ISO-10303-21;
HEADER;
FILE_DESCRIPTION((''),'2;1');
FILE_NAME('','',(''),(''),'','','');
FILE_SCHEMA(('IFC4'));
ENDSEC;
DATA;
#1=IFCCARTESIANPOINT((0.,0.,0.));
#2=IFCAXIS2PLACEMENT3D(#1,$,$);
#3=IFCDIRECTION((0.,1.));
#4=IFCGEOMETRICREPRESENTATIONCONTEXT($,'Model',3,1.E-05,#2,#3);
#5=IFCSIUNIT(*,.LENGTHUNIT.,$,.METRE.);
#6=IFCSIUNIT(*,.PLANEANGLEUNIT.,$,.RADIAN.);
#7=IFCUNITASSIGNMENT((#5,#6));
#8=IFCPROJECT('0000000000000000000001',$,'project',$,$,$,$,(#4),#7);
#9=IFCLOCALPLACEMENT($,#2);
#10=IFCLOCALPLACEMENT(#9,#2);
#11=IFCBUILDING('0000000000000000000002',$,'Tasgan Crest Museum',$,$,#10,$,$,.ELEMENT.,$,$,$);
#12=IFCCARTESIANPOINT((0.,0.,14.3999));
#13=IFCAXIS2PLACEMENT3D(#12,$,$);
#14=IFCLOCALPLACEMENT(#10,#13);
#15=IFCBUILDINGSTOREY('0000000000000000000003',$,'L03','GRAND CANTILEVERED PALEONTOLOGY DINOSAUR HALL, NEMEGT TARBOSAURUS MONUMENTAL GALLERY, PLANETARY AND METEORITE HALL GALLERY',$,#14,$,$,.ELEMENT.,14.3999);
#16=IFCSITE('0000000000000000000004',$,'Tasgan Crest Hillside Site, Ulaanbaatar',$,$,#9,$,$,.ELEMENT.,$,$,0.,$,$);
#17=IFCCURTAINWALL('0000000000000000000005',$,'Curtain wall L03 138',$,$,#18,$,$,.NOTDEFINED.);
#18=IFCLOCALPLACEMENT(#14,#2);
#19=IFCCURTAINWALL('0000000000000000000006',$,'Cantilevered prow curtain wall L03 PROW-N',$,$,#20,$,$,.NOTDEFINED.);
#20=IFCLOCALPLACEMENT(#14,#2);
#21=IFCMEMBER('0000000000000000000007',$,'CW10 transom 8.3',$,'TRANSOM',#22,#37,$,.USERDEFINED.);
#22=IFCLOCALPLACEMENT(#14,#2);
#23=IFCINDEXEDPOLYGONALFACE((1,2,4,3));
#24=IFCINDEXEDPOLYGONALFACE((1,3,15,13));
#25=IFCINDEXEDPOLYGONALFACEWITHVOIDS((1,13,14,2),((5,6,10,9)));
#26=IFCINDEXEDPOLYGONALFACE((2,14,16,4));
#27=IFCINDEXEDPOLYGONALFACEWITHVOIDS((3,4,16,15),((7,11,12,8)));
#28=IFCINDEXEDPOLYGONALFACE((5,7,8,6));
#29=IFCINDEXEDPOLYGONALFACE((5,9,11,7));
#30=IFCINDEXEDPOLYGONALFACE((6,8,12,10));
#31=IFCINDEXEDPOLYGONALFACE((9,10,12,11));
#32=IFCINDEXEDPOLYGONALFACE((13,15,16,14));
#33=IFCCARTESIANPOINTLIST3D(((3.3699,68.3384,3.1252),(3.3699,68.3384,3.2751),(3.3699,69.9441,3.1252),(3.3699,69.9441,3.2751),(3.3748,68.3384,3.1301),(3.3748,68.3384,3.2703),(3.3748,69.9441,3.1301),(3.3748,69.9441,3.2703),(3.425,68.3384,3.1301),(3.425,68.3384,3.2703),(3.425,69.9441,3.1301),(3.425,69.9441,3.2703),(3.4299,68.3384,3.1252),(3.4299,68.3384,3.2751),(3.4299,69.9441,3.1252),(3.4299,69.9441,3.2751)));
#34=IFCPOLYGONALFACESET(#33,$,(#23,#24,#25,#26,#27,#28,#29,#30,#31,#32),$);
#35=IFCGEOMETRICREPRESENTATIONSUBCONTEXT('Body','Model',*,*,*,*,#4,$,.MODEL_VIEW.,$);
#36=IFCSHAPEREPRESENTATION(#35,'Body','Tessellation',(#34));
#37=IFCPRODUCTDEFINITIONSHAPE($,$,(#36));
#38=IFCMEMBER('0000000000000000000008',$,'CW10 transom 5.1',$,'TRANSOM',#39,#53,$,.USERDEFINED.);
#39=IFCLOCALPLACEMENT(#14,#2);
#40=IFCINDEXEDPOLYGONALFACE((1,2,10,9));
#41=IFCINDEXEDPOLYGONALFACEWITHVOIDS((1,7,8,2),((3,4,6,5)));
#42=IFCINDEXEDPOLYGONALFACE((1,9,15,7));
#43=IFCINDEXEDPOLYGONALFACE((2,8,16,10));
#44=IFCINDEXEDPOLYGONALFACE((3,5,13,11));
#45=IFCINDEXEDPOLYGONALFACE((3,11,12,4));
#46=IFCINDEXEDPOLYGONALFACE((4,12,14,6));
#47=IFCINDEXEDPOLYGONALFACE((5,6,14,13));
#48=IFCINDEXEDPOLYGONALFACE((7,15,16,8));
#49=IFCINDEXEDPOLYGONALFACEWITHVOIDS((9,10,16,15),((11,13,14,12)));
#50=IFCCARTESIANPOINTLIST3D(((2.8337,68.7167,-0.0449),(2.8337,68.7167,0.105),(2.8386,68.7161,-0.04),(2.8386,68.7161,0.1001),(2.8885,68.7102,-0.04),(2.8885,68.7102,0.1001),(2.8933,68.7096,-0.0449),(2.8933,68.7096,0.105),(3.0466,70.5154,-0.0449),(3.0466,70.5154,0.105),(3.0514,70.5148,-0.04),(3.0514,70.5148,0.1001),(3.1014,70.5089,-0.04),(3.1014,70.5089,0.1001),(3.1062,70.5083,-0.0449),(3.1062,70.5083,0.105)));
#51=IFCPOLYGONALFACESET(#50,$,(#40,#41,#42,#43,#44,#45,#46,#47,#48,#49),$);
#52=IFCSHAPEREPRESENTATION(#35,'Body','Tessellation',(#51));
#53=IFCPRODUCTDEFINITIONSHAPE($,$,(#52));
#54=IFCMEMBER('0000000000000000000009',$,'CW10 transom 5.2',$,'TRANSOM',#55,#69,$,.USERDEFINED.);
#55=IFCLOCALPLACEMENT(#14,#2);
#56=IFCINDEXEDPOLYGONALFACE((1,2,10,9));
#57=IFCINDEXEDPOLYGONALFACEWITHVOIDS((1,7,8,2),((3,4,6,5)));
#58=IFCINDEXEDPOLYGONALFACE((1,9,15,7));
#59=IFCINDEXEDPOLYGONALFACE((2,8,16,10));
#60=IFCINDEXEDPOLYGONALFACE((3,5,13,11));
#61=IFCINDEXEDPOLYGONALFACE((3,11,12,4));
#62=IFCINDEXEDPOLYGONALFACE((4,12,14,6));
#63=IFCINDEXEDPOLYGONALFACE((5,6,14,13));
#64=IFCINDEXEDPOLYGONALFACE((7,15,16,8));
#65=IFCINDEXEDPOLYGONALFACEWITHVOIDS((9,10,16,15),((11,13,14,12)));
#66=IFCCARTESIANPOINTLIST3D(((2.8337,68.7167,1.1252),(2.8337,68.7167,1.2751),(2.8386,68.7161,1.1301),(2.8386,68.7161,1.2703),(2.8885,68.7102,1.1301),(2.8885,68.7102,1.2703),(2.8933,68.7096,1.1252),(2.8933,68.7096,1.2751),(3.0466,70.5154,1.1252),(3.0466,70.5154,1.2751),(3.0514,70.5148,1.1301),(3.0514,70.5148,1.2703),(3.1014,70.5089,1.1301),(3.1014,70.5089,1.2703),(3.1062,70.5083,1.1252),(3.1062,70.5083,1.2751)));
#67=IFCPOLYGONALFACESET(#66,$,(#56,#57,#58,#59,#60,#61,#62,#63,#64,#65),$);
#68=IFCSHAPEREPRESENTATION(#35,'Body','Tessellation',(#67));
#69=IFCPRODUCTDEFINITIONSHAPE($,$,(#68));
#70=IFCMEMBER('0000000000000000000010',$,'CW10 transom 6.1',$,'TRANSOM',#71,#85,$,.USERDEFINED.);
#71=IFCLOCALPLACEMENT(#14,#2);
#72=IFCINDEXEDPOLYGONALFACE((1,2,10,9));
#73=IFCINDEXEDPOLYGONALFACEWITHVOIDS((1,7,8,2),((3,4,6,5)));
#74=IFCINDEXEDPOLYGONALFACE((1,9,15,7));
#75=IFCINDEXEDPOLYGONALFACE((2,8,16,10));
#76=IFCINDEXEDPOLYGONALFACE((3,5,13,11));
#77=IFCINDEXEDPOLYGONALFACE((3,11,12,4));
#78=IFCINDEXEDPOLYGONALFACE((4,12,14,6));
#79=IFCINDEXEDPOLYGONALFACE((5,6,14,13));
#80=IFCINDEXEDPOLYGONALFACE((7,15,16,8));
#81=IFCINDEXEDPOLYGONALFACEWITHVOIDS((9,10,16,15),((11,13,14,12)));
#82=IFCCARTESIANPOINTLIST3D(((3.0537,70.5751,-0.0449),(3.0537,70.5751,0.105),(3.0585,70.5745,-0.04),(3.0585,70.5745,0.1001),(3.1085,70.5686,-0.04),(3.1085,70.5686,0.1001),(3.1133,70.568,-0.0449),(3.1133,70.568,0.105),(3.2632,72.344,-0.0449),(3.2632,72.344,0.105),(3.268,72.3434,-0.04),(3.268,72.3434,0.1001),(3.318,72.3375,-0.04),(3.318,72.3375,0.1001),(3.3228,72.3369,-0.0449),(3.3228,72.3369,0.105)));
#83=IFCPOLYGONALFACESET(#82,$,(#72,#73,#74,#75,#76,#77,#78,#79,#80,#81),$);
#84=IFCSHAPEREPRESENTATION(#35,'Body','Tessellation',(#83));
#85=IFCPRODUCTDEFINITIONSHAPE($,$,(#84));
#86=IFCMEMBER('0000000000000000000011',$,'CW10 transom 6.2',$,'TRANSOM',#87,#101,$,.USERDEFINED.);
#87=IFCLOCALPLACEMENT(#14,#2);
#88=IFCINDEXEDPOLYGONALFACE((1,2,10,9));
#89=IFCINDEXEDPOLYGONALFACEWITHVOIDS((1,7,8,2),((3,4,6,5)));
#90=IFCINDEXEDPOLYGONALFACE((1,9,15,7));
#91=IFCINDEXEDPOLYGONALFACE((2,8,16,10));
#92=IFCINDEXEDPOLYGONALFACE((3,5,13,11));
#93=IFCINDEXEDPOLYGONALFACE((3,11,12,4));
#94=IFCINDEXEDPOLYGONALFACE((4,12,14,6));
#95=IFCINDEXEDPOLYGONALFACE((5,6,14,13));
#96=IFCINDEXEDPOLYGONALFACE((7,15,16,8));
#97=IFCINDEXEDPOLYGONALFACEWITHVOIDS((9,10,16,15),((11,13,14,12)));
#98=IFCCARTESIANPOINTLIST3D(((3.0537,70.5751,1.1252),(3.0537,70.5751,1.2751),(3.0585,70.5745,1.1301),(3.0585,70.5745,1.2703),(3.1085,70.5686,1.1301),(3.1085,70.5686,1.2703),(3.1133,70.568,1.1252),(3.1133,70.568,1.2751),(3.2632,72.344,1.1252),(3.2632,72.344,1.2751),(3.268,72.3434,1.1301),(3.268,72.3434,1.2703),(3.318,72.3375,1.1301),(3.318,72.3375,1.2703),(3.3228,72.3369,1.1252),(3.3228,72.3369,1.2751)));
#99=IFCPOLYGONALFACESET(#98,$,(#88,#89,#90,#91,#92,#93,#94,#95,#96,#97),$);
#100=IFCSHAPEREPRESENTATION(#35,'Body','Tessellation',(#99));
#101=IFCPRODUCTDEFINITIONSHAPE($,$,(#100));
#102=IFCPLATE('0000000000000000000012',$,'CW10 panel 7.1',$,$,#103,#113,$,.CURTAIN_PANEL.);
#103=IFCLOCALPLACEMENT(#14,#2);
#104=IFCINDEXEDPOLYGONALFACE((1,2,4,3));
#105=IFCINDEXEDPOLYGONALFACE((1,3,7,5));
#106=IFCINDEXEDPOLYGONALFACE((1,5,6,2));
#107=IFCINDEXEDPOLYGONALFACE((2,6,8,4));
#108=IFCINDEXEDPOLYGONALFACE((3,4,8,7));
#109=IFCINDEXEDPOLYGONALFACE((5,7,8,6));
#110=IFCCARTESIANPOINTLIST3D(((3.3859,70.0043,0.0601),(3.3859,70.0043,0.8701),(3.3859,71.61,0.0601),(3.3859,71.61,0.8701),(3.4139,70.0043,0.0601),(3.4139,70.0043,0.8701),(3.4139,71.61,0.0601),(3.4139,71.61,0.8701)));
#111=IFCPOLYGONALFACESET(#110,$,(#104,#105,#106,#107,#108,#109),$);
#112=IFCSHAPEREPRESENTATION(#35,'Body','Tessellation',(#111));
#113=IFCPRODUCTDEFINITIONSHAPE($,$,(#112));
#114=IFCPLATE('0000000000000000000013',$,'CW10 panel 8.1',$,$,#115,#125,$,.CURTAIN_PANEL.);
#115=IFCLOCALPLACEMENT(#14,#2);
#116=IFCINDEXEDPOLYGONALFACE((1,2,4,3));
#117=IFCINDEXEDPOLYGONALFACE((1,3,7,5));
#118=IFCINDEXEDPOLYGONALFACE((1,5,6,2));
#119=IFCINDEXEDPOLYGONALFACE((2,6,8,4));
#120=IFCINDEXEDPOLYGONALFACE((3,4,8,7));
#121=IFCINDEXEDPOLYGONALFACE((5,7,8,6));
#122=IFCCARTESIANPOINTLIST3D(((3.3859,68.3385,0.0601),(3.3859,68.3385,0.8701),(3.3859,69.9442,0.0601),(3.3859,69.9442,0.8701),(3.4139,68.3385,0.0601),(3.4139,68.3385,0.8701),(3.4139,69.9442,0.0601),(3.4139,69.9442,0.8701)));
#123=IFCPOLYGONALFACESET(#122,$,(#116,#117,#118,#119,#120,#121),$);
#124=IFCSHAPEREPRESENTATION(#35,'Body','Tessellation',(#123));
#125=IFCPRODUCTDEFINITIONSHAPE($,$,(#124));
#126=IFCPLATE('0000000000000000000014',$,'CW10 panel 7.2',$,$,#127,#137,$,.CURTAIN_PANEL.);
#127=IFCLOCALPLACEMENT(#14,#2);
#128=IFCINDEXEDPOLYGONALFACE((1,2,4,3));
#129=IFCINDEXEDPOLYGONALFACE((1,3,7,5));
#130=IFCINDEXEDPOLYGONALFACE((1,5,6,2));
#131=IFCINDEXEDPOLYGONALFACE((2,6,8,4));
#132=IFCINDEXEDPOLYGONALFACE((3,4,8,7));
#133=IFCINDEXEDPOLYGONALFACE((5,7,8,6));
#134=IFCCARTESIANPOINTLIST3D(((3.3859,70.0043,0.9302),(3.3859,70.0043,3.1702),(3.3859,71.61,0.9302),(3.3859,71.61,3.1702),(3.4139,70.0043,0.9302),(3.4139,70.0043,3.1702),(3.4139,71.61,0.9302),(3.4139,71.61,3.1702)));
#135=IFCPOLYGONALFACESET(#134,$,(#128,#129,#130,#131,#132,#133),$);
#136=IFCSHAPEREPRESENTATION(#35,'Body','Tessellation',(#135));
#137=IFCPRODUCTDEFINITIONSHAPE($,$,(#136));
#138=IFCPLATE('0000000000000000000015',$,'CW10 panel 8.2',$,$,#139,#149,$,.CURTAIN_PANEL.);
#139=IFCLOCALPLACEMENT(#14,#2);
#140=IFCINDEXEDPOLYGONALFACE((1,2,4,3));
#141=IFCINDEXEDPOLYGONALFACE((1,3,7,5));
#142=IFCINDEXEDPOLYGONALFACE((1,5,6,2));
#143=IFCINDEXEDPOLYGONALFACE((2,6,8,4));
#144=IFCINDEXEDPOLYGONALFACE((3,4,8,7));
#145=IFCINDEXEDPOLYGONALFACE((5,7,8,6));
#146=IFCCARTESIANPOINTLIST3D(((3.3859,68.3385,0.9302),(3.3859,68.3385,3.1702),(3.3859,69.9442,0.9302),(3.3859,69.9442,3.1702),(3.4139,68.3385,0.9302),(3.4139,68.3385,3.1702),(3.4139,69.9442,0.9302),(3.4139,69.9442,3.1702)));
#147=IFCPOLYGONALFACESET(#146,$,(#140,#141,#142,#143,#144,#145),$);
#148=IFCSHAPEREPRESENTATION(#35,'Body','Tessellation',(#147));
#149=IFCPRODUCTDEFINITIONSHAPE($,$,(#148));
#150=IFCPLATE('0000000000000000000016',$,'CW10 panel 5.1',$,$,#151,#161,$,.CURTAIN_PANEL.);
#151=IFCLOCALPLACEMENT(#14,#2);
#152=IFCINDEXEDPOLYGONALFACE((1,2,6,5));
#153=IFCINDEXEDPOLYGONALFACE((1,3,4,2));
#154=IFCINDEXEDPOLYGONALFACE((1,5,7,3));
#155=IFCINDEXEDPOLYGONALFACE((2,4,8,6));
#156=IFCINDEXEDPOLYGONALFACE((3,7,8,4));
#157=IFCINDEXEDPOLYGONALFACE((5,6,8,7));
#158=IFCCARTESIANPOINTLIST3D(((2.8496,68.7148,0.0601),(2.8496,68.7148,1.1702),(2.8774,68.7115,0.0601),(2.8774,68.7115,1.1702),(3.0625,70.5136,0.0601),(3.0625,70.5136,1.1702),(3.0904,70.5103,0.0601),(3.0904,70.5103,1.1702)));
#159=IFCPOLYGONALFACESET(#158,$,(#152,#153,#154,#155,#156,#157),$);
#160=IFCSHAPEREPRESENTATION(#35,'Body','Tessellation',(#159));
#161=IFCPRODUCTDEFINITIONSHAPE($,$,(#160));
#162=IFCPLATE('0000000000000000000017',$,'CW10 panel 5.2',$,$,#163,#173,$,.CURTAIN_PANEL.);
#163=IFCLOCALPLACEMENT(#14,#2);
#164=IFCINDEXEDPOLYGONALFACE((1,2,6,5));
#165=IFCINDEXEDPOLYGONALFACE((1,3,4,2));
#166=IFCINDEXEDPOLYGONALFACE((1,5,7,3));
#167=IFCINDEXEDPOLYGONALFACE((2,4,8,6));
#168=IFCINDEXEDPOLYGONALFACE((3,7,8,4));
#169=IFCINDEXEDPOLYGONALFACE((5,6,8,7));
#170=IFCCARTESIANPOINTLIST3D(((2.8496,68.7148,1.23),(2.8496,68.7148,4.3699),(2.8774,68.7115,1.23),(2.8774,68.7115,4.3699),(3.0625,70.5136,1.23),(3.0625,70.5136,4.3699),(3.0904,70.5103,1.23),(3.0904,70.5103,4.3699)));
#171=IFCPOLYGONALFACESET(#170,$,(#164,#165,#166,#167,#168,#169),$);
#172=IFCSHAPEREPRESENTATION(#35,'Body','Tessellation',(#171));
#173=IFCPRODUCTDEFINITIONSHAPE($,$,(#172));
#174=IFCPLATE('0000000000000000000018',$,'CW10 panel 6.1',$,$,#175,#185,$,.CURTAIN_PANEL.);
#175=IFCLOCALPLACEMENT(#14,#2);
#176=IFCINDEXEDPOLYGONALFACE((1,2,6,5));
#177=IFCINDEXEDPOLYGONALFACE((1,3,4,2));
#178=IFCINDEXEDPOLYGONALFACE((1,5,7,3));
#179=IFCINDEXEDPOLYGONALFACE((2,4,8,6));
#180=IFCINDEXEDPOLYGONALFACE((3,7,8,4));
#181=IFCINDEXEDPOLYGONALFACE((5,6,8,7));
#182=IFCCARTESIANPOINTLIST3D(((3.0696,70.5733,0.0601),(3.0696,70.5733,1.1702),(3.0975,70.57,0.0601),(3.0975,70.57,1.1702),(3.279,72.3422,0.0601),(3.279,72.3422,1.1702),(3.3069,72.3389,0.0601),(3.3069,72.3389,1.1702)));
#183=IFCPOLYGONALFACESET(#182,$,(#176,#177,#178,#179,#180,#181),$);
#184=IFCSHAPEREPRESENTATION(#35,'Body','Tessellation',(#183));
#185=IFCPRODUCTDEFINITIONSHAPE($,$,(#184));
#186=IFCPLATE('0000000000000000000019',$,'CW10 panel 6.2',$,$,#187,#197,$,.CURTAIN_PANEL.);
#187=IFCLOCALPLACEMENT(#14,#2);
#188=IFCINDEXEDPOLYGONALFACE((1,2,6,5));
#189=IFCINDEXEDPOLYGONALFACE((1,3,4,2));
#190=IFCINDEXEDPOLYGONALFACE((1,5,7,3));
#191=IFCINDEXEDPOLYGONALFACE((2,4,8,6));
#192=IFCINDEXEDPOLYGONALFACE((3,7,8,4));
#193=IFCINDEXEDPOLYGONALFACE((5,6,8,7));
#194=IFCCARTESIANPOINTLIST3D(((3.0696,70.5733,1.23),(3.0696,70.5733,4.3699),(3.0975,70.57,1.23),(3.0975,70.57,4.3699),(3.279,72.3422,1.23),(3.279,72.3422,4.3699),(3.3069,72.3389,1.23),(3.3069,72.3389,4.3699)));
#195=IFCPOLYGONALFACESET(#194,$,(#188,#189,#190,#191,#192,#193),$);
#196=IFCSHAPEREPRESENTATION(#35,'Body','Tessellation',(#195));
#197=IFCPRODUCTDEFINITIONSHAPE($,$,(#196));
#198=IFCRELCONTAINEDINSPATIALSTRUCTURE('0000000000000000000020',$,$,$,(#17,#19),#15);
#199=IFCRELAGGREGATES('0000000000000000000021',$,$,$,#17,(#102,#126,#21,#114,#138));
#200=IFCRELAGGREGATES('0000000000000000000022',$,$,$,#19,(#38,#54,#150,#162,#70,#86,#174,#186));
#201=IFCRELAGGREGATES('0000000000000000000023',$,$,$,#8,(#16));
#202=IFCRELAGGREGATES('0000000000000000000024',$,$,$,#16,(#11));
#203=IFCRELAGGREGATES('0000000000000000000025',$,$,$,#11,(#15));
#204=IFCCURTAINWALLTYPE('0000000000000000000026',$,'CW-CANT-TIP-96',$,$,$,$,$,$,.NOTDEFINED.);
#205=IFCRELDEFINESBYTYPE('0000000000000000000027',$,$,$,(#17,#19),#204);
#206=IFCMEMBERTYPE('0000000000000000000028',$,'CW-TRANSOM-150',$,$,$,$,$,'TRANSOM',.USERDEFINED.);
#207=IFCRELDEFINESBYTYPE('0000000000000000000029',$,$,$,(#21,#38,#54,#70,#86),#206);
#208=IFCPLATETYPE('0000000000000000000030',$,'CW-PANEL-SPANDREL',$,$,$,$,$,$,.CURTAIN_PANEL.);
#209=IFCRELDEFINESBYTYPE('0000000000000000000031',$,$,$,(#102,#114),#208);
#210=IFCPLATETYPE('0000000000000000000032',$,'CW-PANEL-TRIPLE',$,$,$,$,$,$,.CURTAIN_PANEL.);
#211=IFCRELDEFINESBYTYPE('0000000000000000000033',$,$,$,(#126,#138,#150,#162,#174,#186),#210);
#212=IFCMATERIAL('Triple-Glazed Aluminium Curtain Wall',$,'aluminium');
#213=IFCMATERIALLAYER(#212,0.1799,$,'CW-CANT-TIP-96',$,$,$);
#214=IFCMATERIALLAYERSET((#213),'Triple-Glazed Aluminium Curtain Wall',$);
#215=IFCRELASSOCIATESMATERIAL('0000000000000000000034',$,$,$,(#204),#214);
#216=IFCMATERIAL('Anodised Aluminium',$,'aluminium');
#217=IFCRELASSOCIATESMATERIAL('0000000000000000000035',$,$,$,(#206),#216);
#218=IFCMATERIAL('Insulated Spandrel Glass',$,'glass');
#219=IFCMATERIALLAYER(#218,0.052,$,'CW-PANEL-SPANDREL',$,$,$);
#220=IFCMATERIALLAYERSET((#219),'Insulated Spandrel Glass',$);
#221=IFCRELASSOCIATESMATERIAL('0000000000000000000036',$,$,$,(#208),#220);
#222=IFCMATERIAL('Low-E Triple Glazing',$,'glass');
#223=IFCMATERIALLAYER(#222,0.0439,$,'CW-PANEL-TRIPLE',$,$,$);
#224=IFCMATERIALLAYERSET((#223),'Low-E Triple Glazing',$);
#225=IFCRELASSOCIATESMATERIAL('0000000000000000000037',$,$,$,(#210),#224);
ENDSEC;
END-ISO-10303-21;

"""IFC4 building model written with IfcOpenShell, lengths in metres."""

from ifc_helpers import new_model, si_unit, direction, frame, origin, origin_2d, place, context, subcontext, project, spatial, rectangle, hollow_rectangle, extrude, material, layer, layer_set, material_profile, profile_set, type_object, element, aggregate, save


model = new_model("IFC4")

# Units and contexts
model_context = context("Model", 3, precision=1e-05, world=origin(), true_north=direction((0.0, 1.0)))
body_context = subcontext(model_context, "Body", "Model", "MODEL_VIEW")
ifc_project = project(units=[si_unit("LENGTHUNIT", "METRE"), si_unit("PLANEANGLEUNIT", "RADIAN")], contexts=[model_context])

# Site, building, storey
site_placement = place(None, origin())
site = spatial("IfcSite", under=ifc_project, at=site_placement, Name="Tasgan Crest Hillside Site, Ulaanbaatar", CompositionType="ELEMENT", RefElevation=0.0)
building_placement = place(site_placement, origin())
building = spatial("IfcBuilding", under=site, at=building_placement, Name="Tasgan Crest Museum", CompositionType="ELEMENT")
storey_placement = place(building_placement, frame((0.0, 0.0, 14.3999)))
storey = spatial("IfcBuildingStorey", under=building, at=storey_placement, Name="L03", Description="GRAND CANTILEVERED PALEONTOLOGY DINOSAUR HALL, NEMEGT TARBOSAURUS MONUMENTAL GALLERY, PLANETARY AND METEORITE HALL GALLERY", CompositionType="ELEMENT", Elevation=14.3999)

# Curtain wall
ifc_material_1 = material(Name="Triple-Glazed Aluminium Curtain Wall", Category="aluminium")
ifc_layer_1 = layer(ifc_material_1, 0.1799, Name="CW-CANT-TIP-96")
ifc_layer_set_1 = layer_set([ifc_layer_1], Name="Triple-Glazed Aluminium Curtain Wall")
curtain_wall_type = type_object("IfcCurtainWallType", Name="CW-CANT-TIP-96", PredefinedType="NOTDEFINED", material=ifc_layer_set_1)
curtain_wall_1_placement = place(storey_placement, origin())
curtain_wall_1 = element("IfcCurtainWall", 1, at=curtain_wall_1_placement, inside=storey, type_object=curtain_wall_type, Name="Curtain wall L03 138", PredefinedType="NOTDEFINED")

# Curtain wall
curtain_wall_2_placement = place(storey_placement, origin())
curtain_wall_2 = element("IfcCurtainWall", 2, at=curtain_wall_2_placement, inside=storey, type_object=curtain_wall_type, Name="Cantilevered prow curtain wall L03 PROW-N", PredefinedType="NOTDEFINED")

# Members
ifc_material_2 = material(Name="Anodised Aluminium", Category="aluminium")
ifc_material_profile_1 = material_profile(ifc_material_2, hollow_rectangle(XDim=0.0601, YDim=0.1499, WallThickness=0.0049, at=origin_2d()), Name="ALU TRANSOM 150x60x5")
ifc_profile_set_1 = profile_set([ifc_material_profile_1], Name="Anodised Aluminium")
member_type_1 = type_object("IfcMemberType", Name="CW-TRANSOM-150", ElementType="TRANSOM", PredefinedType="USERDEFINED", material=ifc_profile_set_1)
member_1_placement = place(storey_placement, frame((3.3999, 69.9441, 3.2002), z_axis=(0.0, -1.0, 0.0), x_axis=(1.0, 0.0, 0.0)))
member_1 = element("IfcMember", 3, at=member_1_placement, type_object=member_type_1, Name="CW10 transom 8.3", ObjectType="TRANSOM", PredefinedType="USERDEFINED", context=body_context, shape_type="SweptSolid", body=[
    extrude(hollow_rectangle(XDim=0.0601, YDim=0.1499, WallThickness=0.0049, at=origin_2d()), origin(), (0.0, 0.0, 1.0), 1.6057),
])
member_2_placement = place(storey_placement, frame((2.8635, 68.7131, 0.03), z_axis=(0.117529, 0.993069, 0.0), x_axis=(-0.993069, 0.117529, 0.0)))
member_2 = element("IfcMember", 4, at=member_2_placement, type_object=member_type_1, Name="CW10 transom 5.1", ObjectType="TRANSOM", PredefinedType="USERDEFINED", context=body_context, shape_type="SweptSolid", body=[
    extrude(hollow_rectangle(XDim=0.0601, YDim=0.1499, WallThickness=0.0049, at=origin_2d()), origin(), (0.0, 0.0, 1.0), 1.8113),
])
member_3_placement = place(storey_placement, frame((2.8635, 68.7131, 1.2002), z_axis=(0.117529, 0.993069, 0.0), x_axis=(-0.993069, 0.117529, 0.0)))
member_3 = element("IfcMember", 5, at=member_3_placement, type_object=member_type_1, Name="CW10 transom 5.2", ObjectType="TRANSOM", PredefinedType="USERDEFINED", context=body_context, shape_type="SweptSolid", body=[
    extrude(hollow_rectangle(XDim=0.0601, YDim=0.1499, WallThickness=0.0049, at=origin_2d()), origin(), (0.0, 0.0, 1.0), 1.8113),
])
member_4_placement = place(storey_placement, frame((3.0835, 70.5715, 0.03), z_axis=(0.117605, 0.99306, 0.0), x_axis=(-0.99306, 0.117605, 0.0)))
member_4 = element("IfcMember", 6, at=member_4_placement, type_object=member_type_1, Name="CW10 transom 6.1", ObjectType="TRANSOM", PredefinedType="USERDEFINED", context=body_context, shape_type="SweptSolid", body=[
    extrude(hollow_rectangle(XDim=0.0601, YDim=0.1499, WallThickness=0.0049, at=origin_2d()), origin(), (0.0, 0.0, 1.0), 1.7812),
])
member_5_placement = place(storey_placement, frame((3.0835, 70.5715, 1.2002), z_axis=(0.117605, 0.99306, 0.0), x_axis=(-0.99306, 0.117605, 0.0)))
member_5 = element("IfcMember", 7, at=member_5_placement, type_object=member_type_1, Name="CW10 transom 6.2", ObjectType="TRANSOM", PredefinedType="USERDEFINED", context=body_context, shape_type="SweptSolid", body=[
    extrude(hollow_rectangle(XDim=0.0601, YDim=0.1499, WallThickness=0.0049, at=origin_2d()), origin(), (0.0, 0.0, 1.0), 1.7812),
])

# Plates
ifc_material_3 = material(Name="Insulated Spandrel Glass", Category="glass")
ifc_layer_2 = layer(ifc_material_3, 0.052, Name="CW-PANEL-SPANDREL")
ifc_layer_set_2 = layer_set([ifc_layer_2], Name="Insulated Spandrel Glass")
plate_type_1 = type_object("IfcPlateType", Name="CW-PANEL-SPANDREL", PredefinedType="CURTAIN_PANEL", material=ifc_layer_set_2)
plate_1_placement = place(storey_placement, frame((3.3999, 70.8071, 0.0601), z_axis=(0.0, 0.0, 1.0), x_axis=(0.0, -1.0, 0.0)))
plate_1 = element("IfcPlate", 8, at=plate_1_placement, type_object=plate_type_1, Name="CW10 panel 7.1", PredefinedType="CURTAIN_PANEL", context=body_context, shape_type="SweptSolid", body=[
    extrude(rectangle(XDim=1.6057, YDim=0.0281, at=origin_2d()), origin(), (0.0, 0.0, 1.0), 0.8101),
])
plate_2_placement = place(storey_placement, frame((3.3999, 69.1414, 0.0601), z_axis=(0.0, 0.0, 1.0), x_axis=(0.0, -1.0, 0.0)))
plate_2 = element("IfcPlate", 9, at=plate_2_placement, type_object=plate_type_1, Name="CW10 panel 8.1", PredefinedType="CURTAIN_PANEL", context=body_context, shape_type="SweptSolid", body=[
    extrude(rectangle(XDim=1.6057, YDim=0.0281, at=origin_2d()), origin(), (0.0, 0.0, 1.0), 0.8101),
])
ifc_material_4 = material(Name="Low-E Triple Glazing", Category="glass")
ifc_layer_3 = layer(ifc_material_4, 0.0439, Name="CW-PANEL-TRIPLE")
ifc_layer_set_3 = layer_set([ifc_layer_3], Name="Low-E Triple Glazing")
plate_type_2 = type_object("IfcPlateType", Name="CW-PANEL-TRIPLE", PredefinedType="CURTAIN_PANEL", material=ifc_layer_set_3)
plate_3_placement = place(storey_placement, frame((3.3999, 70.8071, 0.9302), z_axis=(0.0, 0.0, 1.0), x_axis=(0.0, -1.0, 0.0)))
plate_3 = element("IfcPlate", 10, at=plate_3_placement, type_object=plate_type_2, Name="CW10 panel 7.2", PredefinedType="CURTAIN_PANEL", context=body_context, shape_type="SweptSolid", body=[
    extrude(rectangle(XDim=1.6057, YDim=0.0281, at=origin_2d()), origin(), (0.0, 0.0, 1.0), 2.24),
])
plate_4_placement = place(storey_placement, frame((3.3999, 69.1414, 0.9302), z_axis=(0.0, 0.0, 1.0), x_axis=(0.0, -1.0, 0.0)))
plate_4 = element("IfcPlate", 11, at=plate_4_placement, type_object=plate_type_2, Name="CW10 panel 8.2", PredefinedType="CURTAIN_PANEL", context=body_context, shape_type="SweptSolid", body=[
    extrude(rectangle(XDim=1.6057, YDim=0.0281, at=origin_2d()), origin(), (0.0, 0.0, 1.0), 2.24),
])
aggregate(curtain_wall_1, [plate_1, plate_3, member_1, plate_2, plate_4])
plate_5_placement = place(storey_placement, frame((2.97, 69.6125, 0.0601), z_axis=(0.0, 0.0, 1.0), x_axis=(0.117565, 0.993065, 0.0)))
plate_5 = element("IfcPlate", 12, at=plate_5_placement, type_object=plate_type_2, Name="CW10 panel 5.1", PredefinedType="CURTAIN_PANEL", context=body_context, shape_type="SweptSolid", body=[
    extrude(rectangle(XDim=1.8113, YDim=0.0281, at=origin_2d()), origin(), (0.0, 0.0, 1.0), 1.1101),
])
plate_6_placement = place(storey_placement, frame((2.97, 69.6125, 1.23), z_axis=(0.0, 0.0, 1.0), x_axis=(0.117565, 0.993065, 0.0)))
plate_6 = element("IfcPlate", 13, at=plate_6_placement, type_object=plate_type_2, Name="CW10 panel 5.2", PredefinedType="CURTAIN_PANEL", context=body_context, shape_type="SweptSolid", body=[
    extrude(rectangle(XDim=1.8113, YDim=0.0281, at=origin_2d()), origin(), (0.0, 0.0, 1.0), 3.1399),
])
plate_7_placement = place(storey_placement, frame((3.1882, 71.4561, 0.0601), z_axis=(0.0, 0.0, 1.0), x_axis=(0.117565, 0.993065, 0.0)))
plate_7 = element("IfcPlate", 14, at=plate_7_placement, type_object=plate_type_2, Name="CW10 panel 6.1", PredefinedType="CURTAIN_PANEL", context=body_context, shape_type="SweptSolid", body=[
    extrude(rectangle(XDim=1.7812, YDim=0.0281, at=origin_2d()), origin(), (0.0, 0.0, 1.0), 1.1101),
])
plate_8_placement = place(storey_placement, frame((3.1882, 71.4561, 1.23), z_axis=(0.0, 0.0, 1.0), x_axis=(0.117565, 0.993065, 0.0)))
plate_8 = element("IfcPlate", 15, at=plate_8_placement, type_object=plate_type_2, Name="CW10 panel 6.2", PredefinedType="CURTAIN_PANEL", context=body_context, shape_type="SweptSolid", body=[
    extrude(rectangle(XDim=1.7812, YDim=0.0281, at=origin_2d()), origin(), (0.0, 0.0, 1.0), 3.1399),
])
aggregate(curtain_wall_2, [member_2, member_3, plate_5, plate_6, member_4, member_5, plate_7, plate_8])

save(model, "model.ifc")
